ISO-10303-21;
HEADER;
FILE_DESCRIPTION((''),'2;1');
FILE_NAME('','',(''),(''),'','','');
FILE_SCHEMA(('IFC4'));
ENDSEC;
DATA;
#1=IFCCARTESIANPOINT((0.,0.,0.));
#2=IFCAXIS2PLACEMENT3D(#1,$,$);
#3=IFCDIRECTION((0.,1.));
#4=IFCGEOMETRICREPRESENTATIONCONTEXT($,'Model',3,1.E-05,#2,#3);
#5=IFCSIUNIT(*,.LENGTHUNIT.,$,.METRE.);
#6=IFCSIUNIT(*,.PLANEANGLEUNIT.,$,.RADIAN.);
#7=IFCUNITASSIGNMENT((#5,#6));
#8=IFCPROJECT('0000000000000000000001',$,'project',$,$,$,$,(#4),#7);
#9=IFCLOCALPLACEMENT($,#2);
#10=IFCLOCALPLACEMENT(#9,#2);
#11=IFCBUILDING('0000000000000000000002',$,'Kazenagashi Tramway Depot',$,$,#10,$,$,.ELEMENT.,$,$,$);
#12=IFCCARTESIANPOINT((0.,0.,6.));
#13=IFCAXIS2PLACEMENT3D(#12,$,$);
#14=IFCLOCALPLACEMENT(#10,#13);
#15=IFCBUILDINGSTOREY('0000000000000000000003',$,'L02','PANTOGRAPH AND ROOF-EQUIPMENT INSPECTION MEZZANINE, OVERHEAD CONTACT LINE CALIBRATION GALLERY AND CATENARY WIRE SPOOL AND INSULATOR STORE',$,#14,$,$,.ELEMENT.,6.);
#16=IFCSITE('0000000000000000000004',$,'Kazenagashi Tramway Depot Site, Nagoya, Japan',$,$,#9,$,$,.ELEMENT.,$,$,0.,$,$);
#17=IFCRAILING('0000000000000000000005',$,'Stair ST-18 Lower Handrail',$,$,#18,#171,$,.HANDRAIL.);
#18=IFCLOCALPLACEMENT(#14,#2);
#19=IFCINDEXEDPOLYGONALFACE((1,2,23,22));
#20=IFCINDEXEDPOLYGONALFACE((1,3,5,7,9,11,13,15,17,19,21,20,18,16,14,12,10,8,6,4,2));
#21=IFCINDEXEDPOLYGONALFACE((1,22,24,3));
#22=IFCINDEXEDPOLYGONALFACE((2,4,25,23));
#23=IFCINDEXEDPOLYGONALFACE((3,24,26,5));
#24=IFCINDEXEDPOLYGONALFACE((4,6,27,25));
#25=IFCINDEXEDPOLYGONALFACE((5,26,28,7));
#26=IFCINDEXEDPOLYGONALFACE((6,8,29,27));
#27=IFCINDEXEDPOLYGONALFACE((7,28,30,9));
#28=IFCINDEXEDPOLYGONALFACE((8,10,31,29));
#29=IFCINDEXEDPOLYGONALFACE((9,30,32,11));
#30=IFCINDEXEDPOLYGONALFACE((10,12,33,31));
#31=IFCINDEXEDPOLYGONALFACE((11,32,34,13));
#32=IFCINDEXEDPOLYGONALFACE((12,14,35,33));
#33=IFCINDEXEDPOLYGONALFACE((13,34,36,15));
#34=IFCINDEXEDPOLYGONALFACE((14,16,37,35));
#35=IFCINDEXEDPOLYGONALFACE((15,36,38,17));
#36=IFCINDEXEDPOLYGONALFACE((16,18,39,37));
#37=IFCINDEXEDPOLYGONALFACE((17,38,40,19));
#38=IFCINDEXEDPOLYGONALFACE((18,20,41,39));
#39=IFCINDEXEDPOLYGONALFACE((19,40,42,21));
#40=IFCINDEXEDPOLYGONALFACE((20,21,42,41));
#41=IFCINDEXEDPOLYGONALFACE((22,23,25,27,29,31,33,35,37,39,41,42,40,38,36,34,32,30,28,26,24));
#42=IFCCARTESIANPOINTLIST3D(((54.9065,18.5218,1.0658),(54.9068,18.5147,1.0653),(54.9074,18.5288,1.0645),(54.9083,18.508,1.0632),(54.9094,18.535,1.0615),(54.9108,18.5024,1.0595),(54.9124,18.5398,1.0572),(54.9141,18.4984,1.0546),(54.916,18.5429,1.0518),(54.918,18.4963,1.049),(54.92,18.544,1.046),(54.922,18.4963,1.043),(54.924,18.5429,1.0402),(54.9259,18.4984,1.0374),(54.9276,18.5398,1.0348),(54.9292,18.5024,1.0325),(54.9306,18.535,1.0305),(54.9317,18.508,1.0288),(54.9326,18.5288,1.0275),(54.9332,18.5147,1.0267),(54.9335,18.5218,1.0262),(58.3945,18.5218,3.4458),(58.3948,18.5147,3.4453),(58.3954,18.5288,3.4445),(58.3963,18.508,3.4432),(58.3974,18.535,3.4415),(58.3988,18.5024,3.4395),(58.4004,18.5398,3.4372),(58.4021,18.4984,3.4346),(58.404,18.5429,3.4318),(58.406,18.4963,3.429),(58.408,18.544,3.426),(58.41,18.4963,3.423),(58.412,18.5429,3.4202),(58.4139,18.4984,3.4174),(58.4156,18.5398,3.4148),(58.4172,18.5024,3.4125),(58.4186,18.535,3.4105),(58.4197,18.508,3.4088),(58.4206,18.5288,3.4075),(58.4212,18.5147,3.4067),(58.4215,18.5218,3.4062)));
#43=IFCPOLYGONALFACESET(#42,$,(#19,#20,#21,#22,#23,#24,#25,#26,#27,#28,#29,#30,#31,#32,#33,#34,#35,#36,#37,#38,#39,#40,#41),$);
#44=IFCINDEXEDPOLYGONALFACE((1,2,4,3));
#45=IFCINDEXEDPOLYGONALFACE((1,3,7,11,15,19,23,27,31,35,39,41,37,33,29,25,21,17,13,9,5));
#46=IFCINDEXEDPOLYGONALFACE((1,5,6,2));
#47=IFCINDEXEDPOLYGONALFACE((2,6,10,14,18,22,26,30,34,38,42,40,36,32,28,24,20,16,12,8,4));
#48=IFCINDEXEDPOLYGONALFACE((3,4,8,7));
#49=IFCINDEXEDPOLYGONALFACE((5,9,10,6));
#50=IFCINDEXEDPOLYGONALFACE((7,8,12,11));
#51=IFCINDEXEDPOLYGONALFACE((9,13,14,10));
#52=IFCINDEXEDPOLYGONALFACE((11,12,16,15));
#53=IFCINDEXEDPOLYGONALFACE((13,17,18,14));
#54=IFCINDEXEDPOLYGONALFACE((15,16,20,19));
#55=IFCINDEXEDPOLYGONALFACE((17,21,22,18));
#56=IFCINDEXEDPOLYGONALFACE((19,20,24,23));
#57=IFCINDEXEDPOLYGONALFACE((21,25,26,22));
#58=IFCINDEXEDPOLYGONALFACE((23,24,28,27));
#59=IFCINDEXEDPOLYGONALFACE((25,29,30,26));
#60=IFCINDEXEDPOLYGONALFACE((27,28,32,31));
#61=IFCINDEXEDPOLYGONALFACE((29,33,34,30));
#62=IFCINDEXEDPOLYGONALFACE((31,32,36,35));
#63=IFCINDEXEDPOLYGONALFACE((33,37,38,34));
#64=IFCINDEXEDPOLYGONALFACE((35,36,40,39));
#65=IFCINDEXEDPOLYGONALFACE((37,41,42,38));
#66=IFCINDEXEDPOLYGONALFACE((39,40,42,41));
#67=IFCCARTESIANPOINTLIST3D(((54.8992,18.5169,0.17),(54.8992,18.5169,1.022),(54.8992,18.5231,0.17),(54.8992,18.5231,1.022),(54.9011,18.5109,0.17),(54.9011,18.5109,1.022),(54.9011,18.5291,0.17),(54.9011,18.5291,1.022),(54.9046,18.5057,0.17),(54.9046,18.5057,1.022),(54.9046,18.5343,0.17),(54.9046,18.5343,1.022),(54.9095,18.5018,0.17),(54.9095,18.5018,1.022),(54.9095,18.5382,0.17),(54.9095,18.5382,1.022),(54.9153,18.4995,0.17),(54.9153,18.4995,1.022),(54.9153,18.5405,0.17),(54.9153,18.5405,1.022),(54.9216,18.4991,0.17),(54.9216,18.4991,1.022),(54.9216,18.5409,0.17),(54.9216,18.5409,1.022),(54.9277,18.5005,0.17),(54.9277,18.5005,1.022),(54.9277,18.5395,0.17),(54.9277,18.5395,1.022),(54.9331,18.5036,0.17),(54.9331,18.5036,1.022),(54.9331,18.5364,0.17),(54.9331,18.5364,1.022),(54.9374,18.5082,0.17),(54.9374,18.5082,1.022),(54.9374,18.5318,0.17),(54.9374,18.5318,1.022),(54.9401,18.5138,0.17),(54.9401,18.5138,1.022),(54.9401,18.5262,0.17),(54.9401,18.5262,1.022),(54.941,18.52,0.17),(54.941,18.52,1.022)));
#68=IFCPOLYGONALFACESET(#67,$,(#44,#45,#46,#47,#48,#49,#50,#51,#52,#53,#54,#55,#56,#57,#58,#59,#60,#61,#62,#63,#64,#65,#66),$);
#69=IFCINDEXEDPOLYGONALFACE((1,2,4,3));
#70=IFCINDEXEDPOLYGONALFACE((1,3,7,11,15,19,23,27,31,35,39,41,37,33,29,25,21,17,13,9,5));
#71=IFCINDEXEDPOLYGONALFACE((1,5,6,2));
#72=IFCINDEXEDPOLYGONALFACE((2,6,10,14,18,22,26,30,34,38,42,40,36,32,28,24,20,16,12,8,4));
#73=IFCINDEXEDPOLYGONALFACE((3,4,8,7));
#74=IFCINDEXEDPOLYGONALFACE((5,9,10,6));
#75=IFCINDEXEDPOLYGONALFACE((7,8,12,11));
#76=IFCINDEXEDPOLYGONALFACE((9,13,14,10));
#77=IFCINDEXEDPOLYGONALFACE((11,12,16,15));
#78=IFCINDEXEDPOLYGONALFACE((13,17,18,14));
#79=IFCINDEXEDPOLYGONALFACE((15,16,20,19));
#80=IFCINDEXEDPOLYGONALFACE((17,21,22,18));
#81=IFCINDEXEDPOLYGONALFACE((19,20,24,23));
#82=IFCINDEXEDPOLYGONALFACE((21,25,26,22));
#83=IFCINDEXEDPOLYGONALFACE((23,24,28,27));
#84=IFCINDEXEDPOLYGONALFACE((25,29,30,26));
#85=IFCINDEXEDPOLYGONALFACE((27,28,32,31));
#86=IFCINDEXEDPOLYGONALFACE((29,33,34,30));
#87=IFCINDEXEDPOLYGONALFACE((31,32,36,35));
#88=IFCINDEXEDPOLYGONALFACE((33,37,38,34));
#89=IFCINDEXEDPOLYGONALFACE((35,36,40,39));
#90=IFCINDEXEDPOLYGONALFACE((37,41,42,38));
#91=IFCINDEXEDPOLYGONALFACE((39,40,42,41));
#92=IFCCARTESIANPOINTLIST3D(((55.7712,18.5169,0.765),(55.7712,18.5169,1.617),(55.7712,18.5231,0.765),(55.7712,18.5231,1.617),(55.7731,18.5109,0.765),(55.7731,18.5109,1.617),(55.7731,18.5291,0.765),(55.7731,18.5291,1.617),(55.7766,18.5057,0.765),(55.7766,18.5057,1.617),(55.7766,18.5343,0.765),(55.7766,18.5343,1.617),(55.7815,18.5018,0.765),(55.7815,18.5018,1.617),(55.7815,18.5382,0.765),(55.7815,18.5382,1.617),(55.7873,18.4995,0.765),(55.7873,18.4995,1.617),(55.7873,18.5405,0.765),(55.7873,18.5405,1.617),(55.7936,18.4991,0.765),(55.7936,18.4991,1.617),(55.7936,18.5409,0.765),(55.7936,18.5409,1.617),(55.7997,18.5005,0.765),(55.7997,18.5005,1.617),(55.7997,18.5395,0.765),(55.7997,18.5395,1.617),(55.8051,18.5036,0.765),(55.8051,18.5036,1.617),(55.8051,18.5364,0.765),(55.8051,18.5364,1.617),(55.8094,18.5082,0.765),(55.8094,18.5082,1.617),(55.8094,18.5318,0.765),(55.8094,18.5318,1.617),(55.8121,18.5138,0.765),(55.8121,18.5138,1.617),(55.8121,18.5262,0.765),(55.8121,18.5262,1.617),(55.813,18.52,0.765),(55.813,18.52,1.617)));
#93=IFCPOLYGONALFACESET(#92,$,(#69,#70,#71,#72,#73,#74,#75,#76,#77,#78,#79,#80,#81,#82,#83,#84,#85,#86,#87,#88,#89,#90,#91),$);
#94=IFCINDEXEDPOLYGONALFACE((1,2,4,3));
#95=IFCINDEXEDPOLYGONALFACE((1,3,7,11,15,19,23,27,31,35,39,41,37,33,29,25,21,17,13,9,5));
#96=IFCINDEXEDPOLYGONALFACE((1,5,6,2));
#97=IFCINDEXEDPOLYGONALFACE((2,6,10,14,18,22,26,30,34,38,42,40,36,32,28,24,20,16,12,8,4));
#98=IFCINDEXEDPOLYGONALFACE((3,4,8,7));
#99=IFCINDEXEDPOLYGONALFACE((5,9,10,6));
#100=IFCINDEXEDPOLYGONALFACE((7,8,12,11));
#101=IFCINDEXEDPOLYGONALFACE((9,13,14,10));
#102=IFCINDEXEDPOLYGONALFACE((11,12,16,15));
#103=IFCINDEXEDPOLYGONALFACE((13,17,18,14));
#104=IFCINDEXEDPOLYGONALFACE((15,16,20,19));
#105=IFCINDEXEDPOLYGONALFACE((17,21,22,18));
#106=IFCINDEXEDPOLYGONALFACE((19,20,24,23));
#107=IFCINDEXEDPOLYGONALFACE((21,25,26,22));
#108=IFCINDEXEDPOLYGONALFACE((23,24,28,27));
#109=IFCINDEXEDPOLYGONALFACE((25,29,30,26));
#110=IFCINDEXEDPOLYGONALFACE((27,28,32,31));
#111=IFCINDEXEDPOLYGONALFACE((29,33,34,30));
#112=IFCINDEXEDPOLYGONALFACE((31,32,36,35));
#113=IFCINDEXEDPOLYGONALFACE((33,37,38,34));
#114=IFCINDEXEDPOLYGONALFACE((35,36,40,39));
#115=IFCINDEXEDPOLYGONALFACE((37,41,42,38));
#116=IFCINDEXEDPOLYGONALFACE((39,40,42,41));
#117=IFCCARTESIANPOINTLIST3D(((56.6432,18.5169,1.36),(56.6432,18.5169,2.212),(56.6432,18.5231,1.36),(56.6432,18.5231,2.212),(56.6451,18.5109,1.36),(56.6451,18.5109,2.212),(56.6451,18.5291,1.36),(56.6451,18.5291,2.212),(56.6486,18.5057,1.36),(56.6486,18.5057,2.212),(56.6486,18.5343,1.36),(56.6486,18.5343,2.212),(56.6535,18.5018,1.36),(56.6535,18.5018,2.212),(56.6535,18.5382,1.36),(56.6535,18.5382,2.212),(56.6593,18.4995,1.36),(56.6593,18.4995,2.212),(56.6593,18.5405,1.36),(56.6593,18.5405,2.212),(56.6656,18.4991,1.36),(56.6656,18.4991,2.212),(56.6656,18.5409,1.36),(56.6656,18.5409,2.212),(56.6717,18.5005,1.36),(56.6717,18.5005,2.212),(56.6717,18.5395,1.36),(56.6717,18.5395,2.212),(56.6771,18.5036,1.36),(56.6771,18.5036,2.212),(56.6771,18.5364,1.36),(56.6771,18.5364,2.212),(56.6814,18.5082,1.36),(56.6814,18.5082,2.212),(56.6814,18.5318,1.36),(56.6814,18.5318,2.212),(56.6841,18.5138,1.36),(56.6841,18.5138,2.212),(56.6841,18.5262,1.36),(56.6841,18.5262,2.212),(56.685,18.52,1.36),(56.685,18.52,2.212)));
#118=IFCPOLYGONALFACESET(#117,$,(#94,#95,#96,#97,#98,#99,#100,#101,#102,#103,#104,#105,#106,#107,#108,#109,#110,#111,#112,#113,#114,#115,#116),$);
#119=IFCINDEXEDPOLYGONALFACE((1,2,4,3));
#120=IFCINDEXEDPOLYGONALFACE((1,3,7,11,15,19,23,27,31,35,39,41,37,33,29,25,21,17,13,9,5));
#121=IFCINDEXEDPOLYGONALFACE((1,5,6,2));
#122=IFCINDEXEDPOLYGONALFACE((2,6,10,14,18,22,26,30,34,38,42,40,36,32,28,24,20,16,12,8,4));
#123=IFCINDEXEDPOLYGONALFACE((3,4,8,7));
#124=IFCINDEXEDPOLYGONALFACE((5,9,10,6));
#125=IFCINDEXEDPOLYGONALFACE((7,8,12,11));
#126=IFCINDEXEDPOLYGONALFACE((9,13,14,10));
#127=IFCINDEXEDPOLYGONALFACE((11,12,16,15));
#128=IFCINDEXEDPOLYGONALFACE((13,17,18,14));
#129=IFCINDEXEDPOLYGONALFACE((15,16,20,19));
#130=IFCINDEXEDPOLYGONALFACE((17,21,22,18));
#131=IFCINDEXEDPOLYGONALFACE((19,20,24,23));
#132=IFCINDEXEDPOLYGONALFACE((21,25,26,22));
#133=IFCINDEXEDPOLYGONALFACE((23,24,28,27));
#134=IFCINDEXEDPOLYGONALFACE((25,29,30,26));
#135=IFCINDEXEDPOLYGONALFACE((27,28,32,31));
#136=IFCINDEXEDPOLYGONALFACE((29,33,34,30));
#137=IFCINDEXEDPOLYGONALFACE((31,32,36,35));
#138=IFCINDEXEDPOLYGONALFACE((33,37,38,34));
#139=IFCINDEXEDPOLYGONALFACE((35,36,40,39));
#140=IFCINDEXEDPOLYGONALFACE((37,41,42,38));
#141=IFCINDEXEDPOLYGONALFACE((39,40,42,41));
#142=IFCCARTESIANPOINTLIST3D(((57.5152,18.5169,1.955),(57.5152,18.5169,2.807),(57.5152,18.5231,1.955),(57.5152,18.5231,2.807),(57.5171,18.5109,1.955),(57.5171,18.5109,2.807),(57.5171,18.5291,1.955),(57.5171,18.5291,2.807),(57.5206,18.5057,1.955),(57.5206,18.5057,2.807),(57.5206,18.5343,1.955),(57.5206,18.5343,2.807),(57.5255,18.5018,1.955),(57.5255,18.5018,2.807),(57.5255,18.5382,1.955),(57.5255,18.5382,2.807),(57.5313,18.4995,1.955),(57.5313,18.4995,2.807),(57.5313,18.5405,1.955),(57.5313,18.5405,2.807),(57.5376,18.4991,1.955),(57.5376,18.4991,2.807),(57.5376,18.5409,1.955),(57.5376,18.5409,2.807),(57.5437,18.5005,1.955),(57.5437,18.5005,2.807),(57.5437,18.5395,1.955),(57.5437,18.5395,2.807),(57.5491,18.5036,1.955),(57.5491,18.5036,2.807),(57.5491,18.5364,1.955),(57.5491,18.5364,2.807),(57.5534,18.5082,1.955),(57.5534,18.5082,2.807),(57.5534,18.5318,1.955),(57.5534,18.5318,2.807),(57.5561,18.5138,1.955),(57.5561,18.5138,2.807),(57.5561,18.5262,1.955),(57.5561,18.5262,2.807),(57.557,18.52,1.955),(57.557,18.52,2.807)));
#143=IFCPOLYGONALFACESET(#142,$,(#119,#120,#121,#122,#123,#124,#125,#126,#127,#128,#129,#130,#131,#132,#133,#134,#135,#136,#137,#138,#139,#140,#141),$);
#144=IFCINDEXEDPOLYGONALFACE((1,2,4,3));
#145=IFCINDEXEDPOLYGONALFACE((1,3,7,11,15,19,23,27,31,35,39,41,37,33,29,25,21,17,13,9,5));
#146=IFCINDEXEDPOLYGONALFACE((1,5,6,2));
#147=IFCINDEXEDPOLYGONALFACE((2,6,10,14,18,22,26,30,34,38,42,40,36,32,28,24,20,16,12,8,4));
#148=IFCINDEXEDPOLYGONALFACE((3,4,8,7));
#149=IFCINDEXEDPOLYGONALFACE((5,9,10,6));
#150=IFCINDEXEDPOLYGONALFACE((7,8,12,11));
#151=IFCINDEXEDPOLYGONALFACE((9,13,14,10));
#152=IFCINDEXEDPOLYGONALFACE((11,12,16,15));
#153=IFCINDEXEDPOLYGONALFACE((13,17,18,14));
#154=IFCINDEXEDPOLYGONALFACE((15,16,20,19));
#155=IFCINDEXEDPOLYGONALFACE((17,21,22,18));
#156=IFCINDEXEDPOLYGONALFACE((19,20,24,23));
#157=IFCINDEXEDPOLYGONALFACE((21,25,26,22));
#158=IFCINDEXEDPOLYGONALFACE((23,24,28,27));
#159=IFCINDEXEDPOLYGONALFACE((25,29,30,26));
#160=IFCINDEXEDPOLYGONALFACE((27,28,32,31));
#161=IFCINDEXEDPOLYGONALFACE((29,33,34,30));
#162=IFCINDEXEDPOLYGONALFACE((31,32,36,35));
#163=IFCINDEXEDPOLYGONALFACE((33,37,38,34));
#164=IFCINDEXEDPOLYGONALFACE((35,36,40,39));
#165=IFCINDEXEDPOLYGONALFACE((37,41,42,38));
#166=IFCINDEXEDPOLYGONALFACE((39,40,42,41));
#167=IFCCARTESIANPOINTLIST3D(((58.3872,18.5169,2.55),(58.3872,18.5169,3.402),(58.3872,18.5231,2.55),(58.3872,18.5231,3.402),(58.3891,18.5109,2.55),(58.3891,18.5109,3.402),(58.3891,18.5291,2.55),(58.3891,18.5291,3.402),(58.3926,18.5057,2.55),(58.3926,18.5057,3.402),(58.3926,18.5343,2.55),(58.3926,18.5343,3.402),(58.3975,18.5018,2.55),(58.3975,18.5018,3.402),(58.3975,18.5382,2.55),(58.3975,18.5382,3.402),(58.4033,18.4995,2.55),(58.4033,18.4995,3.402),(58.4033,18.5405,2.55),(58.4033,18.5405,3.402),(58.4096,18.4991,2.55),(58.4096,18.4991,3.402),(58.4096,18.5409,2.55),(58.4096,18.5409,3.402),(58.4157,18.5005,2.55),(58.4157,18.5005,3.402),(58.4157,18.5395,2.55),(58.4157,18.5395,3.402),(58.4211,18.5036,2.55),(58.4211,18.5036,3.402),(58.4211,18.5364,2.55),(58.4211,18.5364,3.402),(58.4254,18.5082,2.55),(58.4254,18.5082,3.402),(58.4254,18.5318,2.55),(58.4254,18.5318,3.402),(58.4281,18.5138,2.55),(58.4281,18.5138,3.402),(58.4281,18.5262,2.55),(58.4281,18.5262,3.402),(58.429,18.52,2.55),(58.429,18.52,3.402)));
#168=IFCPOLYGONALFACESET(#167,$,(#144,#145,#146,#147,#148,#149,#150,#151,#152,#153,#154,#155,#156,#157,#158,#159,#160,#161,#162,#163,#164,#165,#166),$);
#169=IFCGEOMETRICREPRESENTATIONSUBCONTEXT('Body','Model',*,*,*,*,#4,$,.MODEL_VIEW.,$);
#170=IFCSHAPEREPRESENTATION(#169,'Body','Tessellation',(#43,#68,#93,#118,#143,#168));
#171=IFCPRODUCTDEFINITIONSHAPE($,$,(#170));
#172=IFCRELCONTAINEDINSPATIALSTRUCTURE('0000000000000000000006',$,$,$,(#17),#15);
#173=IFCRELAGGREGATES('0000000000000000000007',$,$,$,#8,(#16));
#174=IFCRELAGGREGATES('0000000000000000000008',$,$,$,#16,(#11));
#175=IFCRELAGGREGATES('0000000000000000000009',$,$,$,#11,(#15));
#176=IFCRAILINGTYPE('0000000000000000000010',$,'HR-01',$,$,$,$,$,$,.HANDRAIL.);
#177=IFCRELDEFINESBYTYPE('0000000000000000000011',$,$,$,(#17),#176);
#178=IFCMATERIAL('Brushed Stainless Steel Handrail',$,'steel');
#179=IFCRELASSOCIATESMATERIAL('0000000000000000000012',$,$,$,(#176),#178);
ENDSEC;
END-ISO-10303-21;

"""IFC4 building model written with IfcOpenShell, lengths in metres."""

from ifc_helpers import new_model, si_unit, direction, frame, origin, origin_2d, place, context, subcontext, project, spatial, circle, extrude, material, type_object, element, save


model = new_model("IFC4")

# Units and contexts
model_context = context("Model", 3, precision=1e-05, world=origin(), true_north=direction((0.0, 1.0)))
body_context = subcontext(model_context, "Body", "Model", "MODEL_VIEW")
ifc_project = project(units=[si_unit("LENGTHUNIT", "METRE"), si_unit("PLANEANGLEUNIT", "RADIAN")], contexts=[model_context])

# Site, building, storey
site_placement = place(None, origin())
site = spatial("IfcSite", under=ifc_project, at=site_placement, Name="Kazenagashi Tramway Depot Site, Nagoya, Japan", CompositionType="ELEMENT", RefElevation=0.0)
building_placement = place(site_placement, origin())
building = spatial("IfcBuilding", under=site, at=building_placement, Name="Kazenagashi Tramway Depot", CompositionType="ELEMENT")
storey_placement = place(building_placement, frame((0.0, 0.0, 6.0)))
storey = spatial("IfcBuildingStorey", under=building, at=storey_placement, Name="L02", Description="PANTOGRAPH AND ROOF-EQUIPMENT INSPECTION MEZZANINE, OVERHEAD CONTACT LINE CALIBRATION GALLERY AND CATENARY WIRE SPOOL AND INSULATOR STORE", CompositionType="ELEMENT", Elevation=6.0)

# Railing
ifc_material_1 = material(Name="Brushed Stainless Steel Handrail", Category="steel")
railing_type_1 = type_object("IfcRailingType", Name="HR-01", PredefinedType="HANDRAIL", material=ifc_material_1)
railing_1_placement = place(storey_placement, frame((54.92, 18.52, 0.17)))
element("IfcRailing", 1, at=railing_1_placement, inside=storey, type_object=railing_type_1, Name="Stair ST-18 Lower Handrail", PredefinedType="HANDRAIL", context=body_context, shape_type="SweptSolid", body=[
    extrude(circle(Radius=0.024, at=origin_2d()), frame((0.0, 0.0, 0.876), z_axis=(0.826027, 0.0, 0.563631), x_axis=(0.0, 1.0, 0.0)), (0.0, 0.0, 1.0), 4.2226),
    extrude(circle(Radius=0.021, at=origin_2d()), origin(), (0.0, 0.0, 1.0), 0.852),
    extrude(circle(Radius=0.021, at=origin_2d()), frame((0.872, 0.0, 0.595)), (0.0, 0.0, 1.0), 0.852),
    extrude(circle(Radius=0.021, at=origin_2d()), frame((1.744, 0.0, 1.19)), (0.0, 0.0, 1.0), 0.852),
    extrude(circle(Radius=0.021, at=origin_2d()), frame((2.616, 0.0, 1.785)), (0.0, 0.0, 1.0), 0.852),
    extrude(circle(Radius=0.021, at=origin_2d()), frame((3.488, 0.0, 2.38)), (0.0, 0.0, 1.0), 0.852),
])

save(model, "model.ifc")
